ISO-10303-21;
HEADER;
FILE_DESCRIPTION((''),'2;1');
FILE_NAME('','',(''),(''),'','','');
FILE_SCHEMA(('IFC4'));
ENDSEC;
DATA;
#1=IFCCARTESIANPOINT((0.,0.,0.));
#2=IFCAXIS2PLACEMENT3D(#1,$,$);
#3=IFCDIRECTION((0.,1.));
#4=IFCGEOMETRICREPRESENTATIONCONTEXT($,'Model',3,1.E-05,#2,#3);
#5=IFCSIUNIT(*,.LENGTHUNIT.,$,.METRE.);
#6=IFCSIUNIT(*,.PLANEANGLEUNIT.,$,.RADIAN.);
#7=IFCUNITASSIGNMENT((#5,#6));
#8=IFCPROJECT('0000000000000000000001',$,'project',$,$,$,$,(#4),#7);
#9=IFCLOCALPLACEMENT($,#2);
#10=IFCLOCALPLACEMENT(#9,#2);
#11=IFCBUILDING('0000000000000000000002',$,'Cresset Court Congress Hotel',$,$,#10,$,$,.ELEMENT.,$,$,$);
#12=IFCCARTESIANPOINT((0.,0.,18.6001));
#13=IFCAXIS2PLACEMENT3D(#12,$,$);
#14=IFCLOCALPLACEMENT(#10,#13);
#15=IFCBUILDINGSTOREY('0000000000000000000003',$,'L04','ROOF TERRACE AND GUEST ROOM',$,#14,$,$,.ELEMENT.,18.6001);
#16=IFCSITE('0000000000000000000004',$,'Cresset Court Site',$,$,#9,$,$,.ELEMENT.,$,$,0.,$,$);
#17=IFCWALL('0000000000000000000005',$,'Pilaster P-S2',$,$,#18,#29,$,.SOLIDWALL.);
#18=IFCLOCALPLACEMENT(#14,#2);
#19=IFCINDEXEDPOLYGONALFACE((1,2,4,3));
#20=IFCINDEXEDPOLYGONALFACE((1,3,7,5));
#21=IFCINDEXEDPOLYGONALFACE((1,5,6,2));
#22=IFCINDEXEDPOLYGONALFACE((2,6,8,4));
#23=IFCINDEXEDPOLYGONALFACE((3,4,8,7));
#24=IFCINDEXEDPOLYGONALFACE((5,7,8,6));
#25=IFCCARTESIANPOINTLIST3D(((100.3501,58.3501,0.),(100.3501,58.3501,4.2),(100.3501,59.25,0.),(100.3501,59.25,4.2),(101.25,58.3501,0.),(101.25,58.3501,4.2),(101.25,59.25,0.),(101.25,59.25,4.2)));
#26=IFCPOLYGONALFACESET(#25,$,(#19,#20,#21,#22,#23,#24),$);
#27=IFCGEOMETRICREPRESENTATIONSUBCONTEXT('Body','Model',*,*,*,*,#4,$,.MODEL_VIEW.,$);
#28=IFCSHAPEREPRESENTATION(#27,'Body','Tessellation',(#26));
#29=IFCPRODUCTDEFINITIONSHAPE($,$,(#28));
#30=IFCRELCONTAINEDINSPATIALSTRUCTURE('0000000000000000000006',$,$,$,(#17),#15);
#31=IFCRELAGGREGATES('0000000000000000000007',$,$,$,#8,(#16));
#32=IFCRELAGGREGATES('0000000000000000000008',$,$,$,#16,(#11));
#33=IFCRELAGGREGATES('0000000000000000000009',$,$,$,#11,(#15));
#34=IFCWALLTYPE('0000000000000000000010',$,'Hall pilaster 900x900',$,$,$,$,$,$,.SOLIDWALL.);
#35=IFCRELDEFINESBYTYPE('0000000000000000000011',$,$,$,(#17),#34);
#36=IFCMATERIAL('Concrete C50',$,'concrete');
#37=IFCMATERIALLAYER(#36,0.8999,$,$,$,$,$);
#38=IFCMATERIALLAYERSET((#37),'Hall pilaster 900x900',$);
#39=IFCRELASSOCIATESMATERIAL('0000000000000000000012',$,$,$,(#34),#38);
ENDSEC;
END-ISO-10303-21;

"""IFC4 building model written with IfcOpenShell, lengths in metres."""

from ifc_helpers import new_model, si_unit, direction, frame, frame_2d, origin, place, context, subcontext, project, spatial, rectangle, extrude, material, layer, layer_set, type_object, element, save


model = new_model("IFC4")

# Units and contexts
model_context = context("Model", 3, precision=1e-05, world=origin(), true_north=direction((0.0, 1.0)))
body_context = subcontext(model_context, "Body", "Model", "MODEL_VIEW")
ifc_project = project(units=[si_unit("LENGTHUNIT", "METRE"), si_unit("PLANEANGLEUNIT", "RADIAN")], contexts=[model_context])

# Site, building, storey
site_placement = place(None, origin())
site = spatial("IfcSite", under=ifc_project, at=site_placement, Name="Cresset Court Site", CompositionType="ELEMENT", RefElevation=0.0)
building_placement = place(site_placement, origin())
building = spatial("IfcBuilding", under=site, at=building_placement, Name="Cresset Court Congress Hotel", CompositionType="ELEMENT")
storey_placement = place(building_placement, frame((0.0, 0.0, 18.6001)))
storey = spatial("IfcBuildingStorey", under=building, at=storey_placement, Name="L04", Description="ROOF TERRACE AND GUEST ROOM", CompositionType="ELEMENT", Elevation=18.6001)

# Wall
ifc_material_1 = material(Name="Concrete C50", Category="concrete")
ifc_layer_1 = layer(ifc_material_1, 0.8999)
ifc_layer_set_1 = layer_set([ifc_layer_1], Name="Hall pilaster 900x900")
wall_type_1 = type_object("IfcWallType", Name="Hall pilaster 900x900", PredefinedType="SOLIDWALL", material=ifc_layer_set_1)
wall_1_placement = place(storey_placement, frame((100.3501, 58.8, 0.0), z_axis=(0.0, 0.0, 1.0), x_axis=(1.0, 0.0, 0.0)))
element("IfcWall", 1, at=wall_1_placement, inside=storey, type_object=wall_type_1, Name="Pilaster P-S2", PredefinedType="SOLIDWALL", context=body_context, shape_type="SweptSolid", body=[
    extrude(rectangle(XDim=0.8999, YDim=0.8999, at=frame_2d((0.45, 0.0))), origin(), (0.0, 0.0, 1.0), 4.2),
])

save(model, "model.ifc")
